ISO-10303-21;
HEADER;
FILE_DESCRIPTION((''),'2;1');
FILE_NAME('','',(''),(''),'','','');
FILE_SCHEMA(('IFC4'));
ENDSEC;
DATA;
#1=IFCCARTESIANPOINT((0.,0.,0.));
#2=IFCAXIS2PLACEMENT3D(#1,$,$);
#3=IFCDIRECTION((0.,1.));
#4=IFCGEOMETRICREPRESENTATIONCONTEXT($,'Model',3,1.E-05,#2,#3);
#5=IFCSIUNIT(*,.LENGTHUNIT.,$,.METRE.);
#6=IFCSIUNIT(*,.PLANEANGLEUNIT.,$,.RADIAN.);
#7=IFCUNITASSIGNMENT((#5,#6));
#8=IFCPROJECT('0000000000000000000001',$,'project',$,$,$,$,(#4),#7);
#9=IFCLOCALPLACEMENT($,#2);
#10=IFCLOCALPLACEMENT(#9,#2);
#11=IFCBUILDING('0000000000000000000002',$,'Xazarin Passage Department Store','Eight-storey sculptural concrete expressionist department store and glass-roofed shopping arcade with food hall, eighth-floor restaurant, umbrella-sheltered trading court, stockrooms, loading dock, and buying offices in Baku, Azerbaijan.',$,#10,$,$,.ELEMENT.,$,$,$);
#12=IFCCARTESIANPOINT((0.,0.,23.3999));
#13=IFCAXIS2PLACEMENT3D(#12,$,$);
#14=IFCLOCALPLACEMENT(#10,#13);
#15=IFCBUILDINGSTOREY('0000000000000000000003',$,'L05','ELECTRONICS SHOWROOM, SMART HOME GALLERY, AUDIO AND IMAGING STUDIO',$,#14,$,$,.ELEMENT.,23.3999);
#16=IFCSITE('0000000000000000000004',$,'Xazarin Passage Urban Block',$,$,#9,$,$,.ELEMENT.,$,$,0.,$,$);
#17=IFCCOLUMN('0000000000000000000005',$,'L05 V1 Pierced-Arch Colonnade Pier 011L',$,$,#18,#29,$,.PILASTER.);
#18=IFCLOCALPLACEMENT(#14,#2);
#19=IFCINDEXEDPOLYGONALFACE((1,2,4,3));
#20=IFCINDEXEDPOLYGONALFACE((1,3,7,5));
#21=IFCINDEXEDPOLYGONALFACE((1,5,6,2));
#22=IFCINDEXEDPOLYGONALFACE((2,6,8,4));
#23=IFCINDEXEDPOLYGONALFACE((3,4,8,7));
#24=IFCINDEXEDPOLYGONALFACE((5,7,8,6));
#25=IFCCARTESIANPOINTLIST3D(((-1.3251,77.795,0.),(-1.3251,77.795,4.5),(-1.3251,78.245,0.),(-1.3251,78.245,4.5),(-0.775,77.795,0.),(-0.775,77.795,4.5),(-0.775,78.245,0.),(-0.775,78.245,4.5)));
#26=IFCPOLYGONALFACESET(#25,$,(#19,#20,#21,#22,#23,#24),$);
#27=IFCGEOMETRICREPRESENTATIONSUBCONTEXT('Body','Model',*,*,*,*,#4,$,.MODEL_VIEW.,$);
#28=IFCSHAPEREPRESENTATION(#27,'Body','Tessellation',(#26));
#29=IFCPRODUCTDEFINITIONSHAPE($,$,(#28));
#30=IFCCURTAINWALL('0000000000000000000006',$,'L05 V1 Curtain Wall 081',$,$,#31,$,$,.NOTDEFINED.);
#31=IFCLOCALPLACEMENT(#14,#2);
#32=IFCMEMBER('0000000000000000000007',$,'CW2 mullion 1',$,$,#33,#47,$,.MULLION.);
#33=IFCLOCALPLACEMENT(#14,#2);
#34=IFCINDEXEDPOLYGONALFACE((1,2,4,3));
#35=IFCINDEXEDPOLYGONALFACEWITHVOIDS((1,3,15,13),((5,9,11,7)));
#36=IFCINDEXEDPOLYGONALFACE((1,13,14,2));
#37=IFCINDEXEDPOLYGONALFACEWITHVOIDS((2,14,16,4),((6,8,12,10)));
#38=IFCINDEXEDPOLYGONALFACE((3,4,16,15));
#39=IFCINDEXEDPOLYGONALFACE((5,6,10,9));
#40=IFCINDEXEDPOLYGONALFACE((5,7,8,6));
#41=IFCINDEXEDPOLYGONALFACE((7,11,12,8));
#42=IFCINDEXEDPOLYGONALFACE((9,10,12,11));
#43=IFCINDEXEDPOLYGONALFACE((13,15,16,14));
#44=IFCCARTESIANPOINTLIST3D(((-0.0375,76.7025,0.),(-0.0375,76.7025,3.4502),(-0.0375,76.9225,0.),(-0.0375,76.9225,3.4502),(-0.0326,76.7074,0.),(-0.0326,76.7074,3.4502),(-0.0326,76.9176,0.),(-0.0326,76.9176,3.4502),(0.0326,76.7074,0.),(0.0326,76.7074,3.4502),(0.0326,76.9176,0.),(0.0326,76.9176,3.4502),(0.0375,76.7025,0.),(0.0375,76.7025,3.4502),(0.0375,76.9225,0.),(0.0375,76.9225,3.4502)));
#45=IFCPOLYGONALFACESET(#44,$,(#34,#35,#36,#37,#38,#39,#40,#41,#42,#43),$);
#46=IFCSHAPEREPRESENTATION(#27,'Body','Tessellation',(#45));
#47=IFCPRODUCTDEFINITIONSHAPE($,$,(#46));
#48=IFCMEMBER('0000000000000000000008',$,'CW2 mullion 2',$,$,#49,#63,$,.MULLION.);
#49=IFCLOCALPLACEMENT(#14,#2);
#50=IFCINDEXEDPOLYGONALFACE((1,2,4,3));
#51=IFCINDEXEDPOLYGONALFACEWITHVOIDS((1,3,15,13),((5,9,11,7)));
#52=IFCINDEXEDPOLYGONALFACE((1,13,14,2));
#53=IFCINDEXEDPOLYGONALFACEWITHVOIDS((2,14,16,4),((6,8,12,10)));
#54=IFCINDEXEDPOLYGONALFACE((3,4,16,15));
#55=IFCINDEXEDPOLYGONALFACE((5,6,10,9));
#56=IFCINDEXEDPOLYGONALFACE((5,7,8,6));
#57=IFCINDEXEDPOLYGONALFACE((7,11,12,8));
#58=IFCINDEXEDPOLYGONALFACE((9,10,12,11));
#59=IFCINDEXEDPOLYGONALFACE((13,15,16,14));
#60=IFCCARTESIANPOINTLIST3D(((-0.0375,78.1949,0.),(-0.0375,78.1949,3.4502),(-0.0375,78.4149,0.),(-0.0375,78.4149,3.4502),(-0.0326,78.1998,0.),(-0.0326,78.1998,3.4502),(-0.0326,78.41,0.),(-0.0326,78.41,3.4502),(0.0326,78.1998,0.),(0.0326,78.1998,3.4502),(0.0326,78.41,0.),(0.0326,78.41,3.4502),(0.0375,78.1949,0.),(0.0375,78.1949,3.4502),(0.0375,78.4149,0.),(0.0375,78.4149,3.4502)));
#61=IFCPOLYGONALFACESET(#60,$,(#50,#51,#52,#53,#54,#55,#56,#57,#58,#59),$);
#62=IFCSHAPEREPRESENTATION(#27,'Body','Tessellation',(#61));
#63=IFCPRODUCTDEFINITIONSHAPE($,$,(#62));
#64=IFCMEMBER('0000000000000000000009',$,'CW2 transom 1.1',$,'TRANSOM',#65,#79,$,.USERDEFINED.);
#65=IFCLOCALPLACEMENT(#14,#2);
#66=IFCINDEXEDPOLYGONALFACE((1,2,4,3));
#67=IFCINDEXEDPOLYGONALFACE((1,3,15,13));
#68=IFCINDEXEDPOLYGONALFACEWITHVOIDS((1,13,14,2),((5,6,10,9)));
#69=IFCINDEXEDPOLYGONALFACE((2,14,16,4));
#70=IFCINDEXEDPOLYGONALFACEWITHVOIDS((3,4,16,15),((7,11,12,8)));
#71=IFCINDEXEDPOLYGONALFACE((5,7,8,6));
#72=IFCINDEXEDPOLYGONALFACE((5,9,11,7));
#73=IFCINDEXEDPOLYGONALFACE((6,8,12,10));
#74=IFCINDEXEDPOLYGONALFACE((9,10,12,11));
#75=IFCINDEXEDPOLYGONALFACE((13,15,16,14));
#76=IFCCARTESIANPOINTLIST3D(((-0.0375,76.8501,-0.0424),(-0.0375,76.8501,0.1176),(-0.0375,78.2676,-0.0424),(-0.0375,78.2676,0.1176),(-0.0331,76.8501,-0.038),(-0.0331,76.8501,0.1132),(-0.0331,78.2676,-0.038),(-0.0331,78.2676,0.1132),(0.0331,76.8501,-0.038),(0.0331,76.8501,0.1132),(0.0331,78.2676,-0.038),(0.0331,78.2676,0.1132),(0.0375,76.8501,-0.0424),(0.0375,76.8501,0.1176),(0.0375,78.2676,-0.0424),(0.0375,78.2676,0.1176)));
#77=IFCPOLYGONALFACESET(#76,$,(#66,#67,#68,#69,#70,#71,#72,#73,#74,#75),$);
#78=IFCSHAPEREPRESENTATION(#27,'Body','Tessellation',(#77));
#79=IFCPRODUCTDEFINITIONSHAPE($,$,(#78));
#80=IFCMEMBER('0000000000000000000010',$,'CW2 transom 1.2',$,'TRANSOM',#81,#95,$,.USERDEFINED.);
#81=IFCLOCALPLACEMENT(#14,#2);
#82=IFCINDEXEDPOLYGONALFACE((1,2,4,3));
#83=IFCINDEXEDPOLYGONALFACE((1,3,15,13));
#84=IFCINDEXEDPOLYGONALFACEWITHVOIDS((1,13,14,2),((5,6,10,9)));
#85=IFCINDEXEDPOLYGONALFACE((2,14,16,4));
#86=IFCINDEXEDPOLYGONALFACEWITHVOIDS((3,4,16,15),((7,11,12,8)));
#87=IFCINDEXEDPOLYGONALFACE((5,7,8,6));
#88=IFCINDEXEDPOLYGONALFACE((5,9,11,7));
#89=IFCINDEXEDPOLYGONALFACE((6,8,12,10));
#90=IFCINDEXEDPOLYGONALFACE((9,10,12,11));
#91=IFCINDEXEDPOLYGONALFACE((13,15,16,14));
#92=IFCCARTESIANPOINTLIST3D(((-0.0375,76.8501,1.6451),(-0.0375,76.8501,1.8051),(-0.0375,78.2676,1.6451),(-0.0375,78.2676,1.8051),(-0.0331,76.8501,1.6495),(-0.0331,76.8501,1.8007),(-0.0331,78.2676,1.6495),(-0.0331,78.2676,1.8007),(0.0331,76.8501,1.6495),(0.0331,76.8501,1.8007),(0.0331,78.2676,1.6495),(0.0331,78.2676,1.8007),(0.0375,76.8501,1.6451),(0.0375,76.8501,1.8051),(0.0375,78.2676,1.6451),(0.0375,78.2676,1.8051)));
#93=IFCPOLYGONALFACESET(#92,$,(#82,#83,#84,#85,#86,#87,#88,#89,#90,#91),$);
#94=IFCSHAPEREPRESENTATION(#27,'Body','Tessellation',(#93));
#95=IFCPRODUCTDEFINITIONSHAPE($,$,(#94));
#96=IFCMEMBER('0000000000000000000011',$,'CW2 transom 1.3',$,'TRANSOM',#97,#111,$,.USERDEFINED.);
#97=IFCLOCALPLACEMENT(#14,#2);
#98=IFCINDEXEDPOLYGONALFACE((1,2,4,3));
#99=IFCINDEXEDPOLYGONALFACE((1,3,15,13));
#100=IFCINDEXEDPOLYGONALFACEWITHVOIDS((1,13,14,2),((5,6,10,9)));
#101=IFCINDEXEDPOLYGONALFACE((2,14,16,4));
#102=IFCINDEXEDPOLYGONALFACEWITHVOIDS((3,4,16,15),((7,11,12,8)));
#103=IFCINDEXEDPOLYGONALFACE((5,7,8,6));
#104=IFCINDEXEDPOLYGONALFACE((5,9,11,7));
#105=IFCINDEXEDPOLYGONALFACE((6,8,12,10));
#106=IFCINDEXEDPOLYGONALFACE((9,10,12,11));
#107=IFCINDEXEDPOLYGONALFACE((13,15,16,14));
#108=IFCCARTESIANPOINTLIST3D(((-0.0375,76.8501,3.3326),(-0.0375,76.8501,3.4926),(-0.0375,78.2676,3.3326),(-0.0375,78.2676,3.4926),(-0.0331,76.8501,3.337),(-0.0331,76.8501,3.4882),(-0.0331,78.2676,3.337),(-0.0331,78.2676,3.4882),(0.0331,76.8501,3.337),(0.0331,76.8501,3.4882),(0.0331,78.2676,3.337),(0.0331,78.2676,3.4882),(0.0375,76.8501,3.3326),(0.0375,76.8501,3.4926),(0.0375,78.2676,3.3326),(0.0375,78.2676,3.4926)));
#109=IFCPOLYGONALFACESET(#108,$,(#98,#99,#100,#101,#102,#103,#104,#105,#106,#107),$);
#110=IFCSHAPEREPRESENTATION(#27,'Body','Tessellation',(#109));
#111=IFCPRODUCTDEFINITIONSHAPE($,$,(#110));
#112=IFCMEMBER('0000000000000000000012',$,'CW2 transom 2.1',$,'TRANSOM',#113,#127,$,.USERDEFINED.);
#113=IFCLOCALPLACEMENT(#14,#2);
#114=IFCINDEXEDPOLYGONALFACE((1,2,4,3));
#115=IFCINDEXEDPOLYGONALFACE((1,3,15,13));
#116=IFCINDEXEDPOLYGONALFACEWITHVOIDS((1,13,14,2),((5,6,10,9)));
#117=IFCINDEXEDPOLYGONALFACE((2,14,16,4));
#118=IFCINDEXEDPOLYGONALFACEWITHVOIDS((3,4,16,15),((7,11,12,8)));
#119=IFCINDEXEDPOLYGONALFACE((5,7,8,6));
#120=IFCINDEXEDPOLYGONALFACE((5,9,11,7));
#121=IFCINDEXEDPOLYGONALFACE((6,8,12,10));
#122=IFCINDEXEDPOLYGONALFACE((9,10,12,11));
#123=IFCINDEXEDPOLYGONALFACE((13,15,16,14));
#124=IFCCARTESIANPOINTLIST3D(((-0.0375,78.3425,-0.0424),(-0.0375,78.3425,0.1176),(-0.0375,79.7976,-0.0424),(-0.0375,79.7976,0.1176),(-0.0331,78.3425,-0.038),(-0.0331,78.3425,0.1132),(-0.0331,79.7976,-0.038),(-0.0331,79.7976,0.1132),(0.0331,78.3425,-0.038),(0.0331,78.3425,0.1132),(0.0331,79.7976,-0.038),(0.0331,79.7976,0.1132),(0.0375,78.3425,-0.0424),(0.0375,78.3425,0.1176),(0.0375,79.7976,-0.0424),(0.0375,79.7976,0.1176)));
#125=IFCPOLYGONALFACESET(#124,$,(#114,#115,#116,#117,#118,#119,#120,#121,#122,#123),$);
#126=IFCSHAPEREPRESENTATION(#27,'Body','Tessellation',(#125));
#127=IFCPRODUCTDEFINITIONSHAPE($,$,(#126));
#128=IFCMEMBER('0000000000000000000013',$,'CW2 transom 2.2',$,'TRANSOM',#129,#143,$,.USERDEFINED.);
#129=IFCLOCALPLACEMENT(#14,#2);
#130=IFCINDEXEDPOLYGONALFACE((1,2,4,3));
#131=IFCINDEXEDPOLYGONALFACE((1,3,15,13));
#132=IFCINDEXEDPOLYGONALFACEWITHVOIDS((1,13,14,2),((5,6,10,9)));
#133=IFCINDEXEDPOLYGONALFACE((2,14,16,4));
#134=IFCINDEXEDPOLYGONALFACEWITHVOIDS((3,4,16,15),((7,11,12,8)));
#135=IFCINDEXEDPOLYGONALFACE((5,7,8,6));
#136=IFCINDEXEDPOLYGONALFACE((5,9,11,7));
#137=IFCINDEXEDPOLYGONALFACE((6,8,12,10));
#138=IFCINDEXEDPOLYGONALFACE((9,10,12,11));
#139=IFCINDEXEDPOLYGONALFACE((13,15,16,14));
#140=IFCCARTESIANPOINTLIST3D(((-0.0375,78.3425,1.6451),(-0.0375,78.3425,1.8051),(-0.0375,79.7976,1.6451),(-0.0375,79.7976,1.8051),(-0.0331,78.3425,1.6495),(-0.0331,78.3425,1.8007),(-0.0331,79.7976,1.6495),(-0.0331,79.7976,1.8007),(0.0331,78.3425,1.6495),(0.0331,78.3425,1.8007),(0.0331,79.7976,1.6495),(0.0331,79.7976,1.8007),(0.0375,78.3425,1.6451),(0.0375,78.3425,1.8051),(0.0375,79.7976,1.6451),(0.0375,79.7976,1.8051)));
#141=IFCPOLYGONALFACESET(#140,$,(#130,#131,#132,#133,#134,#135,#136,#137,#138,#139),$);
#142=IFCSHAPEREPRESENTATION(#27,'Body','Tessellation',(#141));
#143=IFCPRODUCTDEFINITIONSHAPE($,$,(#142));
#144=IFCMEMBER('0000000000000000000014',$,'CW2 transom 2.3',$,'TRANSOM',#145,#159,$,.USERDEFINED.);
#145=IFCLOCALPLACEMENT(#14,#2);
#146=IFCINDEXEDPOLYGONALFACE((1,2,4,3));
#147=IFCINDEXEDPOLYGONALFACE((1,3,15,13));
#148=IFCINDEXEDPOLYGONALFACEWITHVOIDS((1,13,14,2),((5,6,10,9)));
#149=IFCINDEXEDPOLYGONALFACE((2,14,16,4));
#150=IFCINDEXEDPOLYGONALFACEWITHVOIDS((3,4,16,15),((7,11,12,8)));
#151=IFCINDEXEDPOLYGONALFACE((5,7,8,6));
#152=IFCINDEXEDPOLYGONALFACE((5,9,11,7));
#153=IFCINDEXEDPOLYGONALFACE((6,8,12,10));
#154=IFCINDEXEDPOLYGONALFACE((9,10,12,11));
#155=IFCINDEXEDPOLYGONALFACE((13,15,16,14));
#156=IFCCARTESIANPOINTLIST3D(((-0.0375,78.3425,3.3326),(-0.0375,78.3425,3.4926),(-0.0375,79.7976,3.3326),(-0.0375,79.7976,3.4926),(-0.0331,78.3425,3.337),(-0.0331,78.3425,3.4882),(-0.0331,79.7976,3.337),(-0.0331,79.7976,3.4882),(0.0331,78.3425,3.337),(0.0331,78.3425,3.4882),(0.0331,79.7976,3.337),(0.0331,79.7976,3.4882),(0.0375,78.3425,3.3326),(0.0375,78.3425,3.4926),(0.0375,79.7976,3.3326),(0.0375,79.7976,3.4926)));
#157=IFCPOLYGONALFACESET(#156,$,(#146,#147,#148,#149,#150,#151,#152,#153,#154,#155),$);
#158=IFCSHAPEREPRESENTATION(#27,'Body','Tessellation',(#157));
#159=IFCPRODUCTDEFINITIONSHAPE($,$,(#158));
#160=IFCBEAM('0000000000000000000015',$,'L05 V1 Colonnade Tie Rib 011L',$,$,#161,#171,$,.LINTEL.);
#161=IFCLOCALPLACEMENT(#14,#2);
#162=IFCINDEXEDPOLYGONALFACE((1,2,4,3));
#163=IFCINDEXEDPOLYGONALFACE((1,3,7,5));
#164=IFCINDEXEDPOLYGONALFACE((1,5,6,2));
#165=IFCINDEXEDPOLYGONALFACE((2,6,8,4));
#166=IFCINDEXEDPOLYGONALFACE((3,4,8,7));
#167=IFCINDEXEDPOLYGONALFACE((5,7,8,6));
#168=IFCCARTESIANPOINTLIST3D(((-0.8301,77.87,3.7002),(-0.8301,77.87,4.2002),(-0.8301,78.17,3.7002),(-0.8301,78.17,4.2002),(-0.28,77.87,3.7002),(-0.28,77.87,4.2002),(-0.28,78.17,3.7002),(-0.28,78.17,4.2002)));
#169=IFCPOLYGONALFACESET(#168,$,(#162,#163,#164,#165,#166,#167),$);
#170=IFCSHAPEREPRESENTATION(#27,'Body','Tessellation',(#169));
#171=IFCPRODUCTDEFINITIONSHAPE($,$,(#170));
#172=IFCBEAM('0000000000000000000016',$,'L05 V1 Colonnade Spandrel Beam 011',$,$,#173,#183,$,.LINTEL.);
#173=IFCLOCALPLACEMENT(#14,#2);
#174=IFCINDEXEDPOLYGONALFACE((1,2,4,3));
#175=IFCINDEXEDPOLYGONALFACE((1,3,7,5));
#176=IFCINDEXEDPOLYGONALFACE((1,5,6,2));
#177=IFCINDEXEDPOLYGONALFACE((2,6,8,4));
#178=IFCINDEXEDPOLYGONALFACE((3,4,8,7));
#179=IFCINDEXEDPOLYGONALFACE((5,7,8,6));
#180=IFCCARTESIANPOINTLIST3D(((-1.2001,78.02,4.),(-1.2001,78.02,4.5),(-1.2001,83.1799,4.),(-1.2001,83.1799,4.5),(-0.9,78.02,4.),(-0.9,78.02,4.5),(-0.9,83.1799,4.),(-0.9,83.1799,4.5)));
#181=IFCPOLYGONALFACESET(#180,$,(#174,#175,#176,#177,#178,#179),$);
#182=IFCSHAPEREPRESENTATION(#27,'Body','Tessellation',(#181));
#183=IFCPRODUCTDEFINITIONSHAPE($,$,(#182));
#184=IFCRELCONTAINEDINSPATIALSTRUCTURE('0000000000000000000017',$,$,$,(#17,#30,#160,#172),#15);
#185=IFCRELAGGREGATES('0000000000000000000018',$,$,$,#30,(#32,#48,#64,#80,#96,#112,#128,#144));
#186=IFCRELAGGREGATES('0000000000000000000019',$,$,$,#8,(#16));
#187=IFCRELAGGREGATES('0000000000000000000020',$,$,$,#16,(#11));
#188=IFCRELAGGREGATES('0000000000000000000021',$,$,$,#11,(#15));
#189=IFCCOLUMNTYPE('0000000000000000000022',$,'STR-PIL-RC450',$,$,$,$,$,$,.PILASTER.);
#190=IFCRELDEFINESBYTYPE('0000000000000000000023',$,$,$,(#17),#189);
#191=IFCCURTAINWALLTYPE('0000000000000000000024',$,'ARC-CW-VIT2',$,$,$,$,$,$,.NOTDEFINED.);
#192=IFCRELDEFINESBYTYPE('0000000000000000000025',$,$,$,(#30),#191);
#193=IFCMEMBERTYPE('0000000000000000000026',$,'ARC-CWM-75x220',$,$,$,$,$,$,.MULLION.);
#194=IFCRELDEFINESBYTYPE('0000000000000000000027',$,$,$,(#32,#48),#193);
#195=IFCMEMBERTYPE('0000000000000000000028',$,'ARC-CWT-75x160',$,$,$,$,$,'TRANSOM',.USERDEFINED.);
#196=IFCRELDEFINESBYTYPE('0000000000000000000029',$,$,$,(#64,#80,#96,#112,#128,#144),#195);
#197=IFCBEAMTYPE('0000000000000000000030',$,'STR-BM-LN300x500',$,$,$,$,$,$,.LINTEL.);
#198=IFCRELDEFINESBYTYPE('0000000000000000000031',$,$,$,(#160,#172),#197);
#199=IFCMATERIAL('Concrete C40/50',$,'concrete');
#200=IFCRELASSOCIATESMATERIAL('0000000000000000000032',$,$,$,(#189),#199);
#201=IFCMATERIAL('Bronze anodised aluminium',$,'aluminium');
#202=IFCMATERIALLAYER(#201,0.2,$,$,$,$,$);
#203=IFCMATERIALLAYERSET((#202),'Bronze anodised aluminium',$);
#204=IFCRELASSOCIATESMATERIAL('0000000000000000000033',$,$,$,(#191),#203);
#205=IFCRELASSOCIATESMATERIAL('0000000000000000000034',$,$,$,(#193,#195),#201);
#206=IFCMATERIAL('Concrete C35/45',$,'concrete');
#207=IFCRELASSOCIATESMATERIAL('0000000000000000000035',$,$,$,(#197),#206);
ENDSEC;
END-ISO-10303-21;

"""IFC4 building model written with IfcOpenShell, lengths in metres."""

from ifc_helpers import new_model, si_unit, direction, frame, origin, origin_2d, place, context, subcontext, project, spatial, rectangle, hollow_rectangle, extrude, material, layer, layer_set, material_profile, profile_set, type_object, element, aggregate, save


model = new_model("IFC4")

# Units and contexts
model_context = context("Model", 3, precision=1e-05, world=origin(), true_north=direction((0.0, 1.0)))
body_context = subcontext(model_context, "Body", "Model", "MODEL_VIEW")
ifc_project = project(units=[si_unit("LENGTHUNIT", "METRE"), si_unit("PLANEANGLEUNIT", "RADIAN")], contexts=[model_context])

# Site, building, storey
site_placement = place(None, origin())
site = spatial("IfcSite", under=ifc_project, at=site_placement, Name="Xazarin Passage Urban Block", CompositionType="ELEMENT", RefElevation=0.0)
building_placement = place(site_placement, origin())
building = spatial("IfcBuilding", under=site, at=building_placement, Name="Xazarin Passage Department Store", Description="Eight-storey sculptural concrete expressionist department store and glass-roofed shopping arcade with food hall, eighth-floor restaurant, umbrella-sheltered trading court, stockrooms, loading dock, and buying offices in Baku, Azerbaijan.", CompositionType="ELEMENT")
storey_placement = place(building_placement, frame((0.0, 0.0, 23.3999)))
storey = spatial("IfcBuildingStorey", under=building, at=storey_placement, Name="L05", Description="ELECTRONICS SHOWROOM, SMART HOME GALLERY, AUDIO AND IMAGING STUDIO", CompositionType="ELEMENT", Elevation=23.3999)

# Column
ifc_material_1 = material(Name="Concrete C40/50", Category="concrete")
ifc_material_profile_1 = material_profile(ifc_material_1, rectangle(XDim=0.45, YDim=0.55, at=origin_2d()), Name="RC 450x550")
ifc_profile_set_1 = profile_set([ifc_material_profile_1], Name="Concrete C40/50")
column_type = type_object("IfcColumnType", Name="STR-PIL-RC450", PredefinedType="PILASTER", material=ifc_profile_set_1)
column_placement = place(storey_placement, frame((-1.05, 78.02, 0.0), z_axis=(0.0, 0.0, 1.0), x_axis=(0.0, 1.0, 0.0)))
element("IfcColumn", 1, at=column_placement, inside=storey, type_object=column_type, Name="L05 V1 Pierced-Arch Colonnade Pier 011L", PredefinedType="PILASTER", context=body_context, shape_type="SweptSolid", body=[
    extrude(rectangle(XDim=0.45, YDim=0.55, at=origin_2d()), origin(), (0.0, 0.0, 1.0), 4.5),
])

# Curtain wall, members
ifc_material_2 = material(Name="Bronze anodised aluminium", Category="aluminium")
ifc_layer_1 = layer(ifc_material_2, 0.2)
ifc_layer_set_1 = layer_set([ifc_layer_1], Name="Bronze anodised aluminium")
curtain_wall_type = type_object("IfcCurtainWallType", Name="ARC-CW-VIT2", PredefinedType="NOTDEFINED", material=ifc_layer_set_1)
curtain_wall_placement = place(storey_placement, origin())
curtain_wall = element("IfcCurtainWall", 2, at=curtain_wall_placement, inside=storey, type_object=curtain_wall_type, Name="L05 V1 Curtain Wall 081", PredefinedType="NOTDEFINED")
ifc_material_profile_2 = material_profile(ifc_material_2, hollow_rectangle(XDim=0.075, YDim=0.22, WallThickness=0.0049, at=origin_2d()), Name="ALU 75x220")
ifc_profile_set_2 = profile_set([ifc_material_profile_2], Name="Bronze anodised aluminium")
member_type_1 = type_object("IfcMemberType", Name="ARC-CWM-75x220", PredefinedType="MULLION", material=ifc_profile_set_2)
member_1_placement = place(storey_placement, frame((0.0, 76.8125, 0.0), z_axis=(0.0, 0.0, 1.0), x_axis=(-1.0, 0.0, 0.0)))
member_1 = element("IfcMember", 3, at=member_1_placement, type_object=member_type_1, Name="CW2 mullion 1", PredefinedType="MULLION", context=body_context, shape_type="SweptSolid", body=[
    extrude(hollow_rectangle(XDim=0.075, YDim=0.22, WallThickness=0.0049, at=origin_2d()), origin(), (0.0, 0.0, 1.0), 3.4502),
])
member_2_placement = place(storey_placement, frame((0.0, 78.3049, 0.0), z_axis=(0.0, 0.0, 1.0), x_axis=(-1.0, 0.0, 0.0)))
member_2 = element("IfcMember", 4, at=member_2_placement, type_object=member_type_1, Name="CW2 mullion 2", PredefinedType="MULLION", context=body_context, shape_type="SweptSolid", body=[
    extrude(hollow_rectangle(XDim=0.075, YDim=0.22, WallThickness=0.0049, at=origin_2d()), origin(), (0.0, 0.0, 1.0), 3.4502),
])
ifc_material_profile_3 = material_profile(ifc_material_2, hollow_rectangle(XDim=0.075, YDim=0.1599, WallThickness=0.0044, at=origin_2d()), Name="ALU 75x160")
ifc_profile_set_3 = profile_set([ifc_material_profile_3], Name="Bronze anodised aluminium")
member_type_2 = type_object("IfcMemberType", Name="ARC-CWT-75x160", ElementType="TRANSOM", PredefinedType="USERDEFINED", material=ifc_profile_set_3)
member_3_placement = place(storey_placement, frame((0.0, 76.8501, 0.0376), z_axis=(0.0, 1.0, 0.0), x_axis=(-1.0, 0.0, 0.0)))
member_3 = element("IfcMember", 5, at=member_3_placement, type_object=member_type_2, Name="CW2 transom 1.1", ObjectType="TRANSOM", PredefinedType="USERDEFINED", context=body_context, shape_type="SweptSolid", body=[
    extrude(hollow_rectangle(XDim=0.075, YDim=0.1599, WallThickness=0.0044, at=origin_2d()), origin(), (0.0, 0.0, 1.0), 1.4175),
])
member_4_placement = place(storey_placement, frame((0.0, 76.8501, 1.7251), z_axis=(0.0, 1.0, 0.0), x_axis=(-1.0, 0.0, 0.0)))
member_4 = element("IfcMember", 6, at=member_4_placement, type_object=member_type_2, Name="CW2 transom 1.2", ObjectType="TRANSOM", PredefinedType="USERDEFINED", context=body_context, shape_type="SweptSolid", body=[
    extrude(hollow_rectangle(XDim=0.075, YDim=0.1599, WallThickness=0.0044, at=origin_2d()), origin(), (0.0, 0.0, 1.0), 1.4175),
])
member_5_placement = place(storey_placement, frame((0.0, 76.8501, 3.4126), z_axis=(0.0, 1.0, 0.0), x_axis=(-1.0, 0.0, 0.0)))
member_5 = element("IfcMember", 7, at=member_5_placement, type_object=member_type_2, Name="CW2 transom 1.3", ObjectType="TRANSOM", PredefinedType="USERDEFINED", context=body_context, shape_type="SweptSolid", body=[
    extrude(hollow_rectangle(XDim=0.075, YDim=0.1599, WallThickness=0.0044, at=origin_2d()), origin(), (0.0, 0.0, 1.0), 1.4175),
])
member_6_placement = place(storey_placement, frame((0.0, 78.3425, 0.0376), z_axis=(0.0, 1.0, 0.0), x_axis=(-1.0, 0.0, 0.0)))
member_6 = element("IfcMember", 8, at=member_6_placement, type_object=member_type_2, Name="CW2 transom 2.1", ObjectType="TRANSOM", PredefinedType="USERDEFINED", context=body_context, shape_type="SweptSolid", body=[
    extrude(hollow_rectangle(XDim=0.075, YDim=0.1599, WallThickness=0.0044, at=origin_2d()), origin(), (0.0, 0.0, 1.0), 1.4551),
])
member_7_placement = place(storey_placement, frame((0.0, 78.3425, 1.7251), z_axis=(0.0, 1.0, 0.0), x_axis=(-1.0, 0.0, 0.0)))
member_7 = element("IfcMember", 9, at=member_7_placement, type_object=member_type_2, Name="CW2 transom 2.2", ObjectType="TRANSOM", PredefinedType="USERDEFINED", context=body_context, shape_type="SweptSolid", body=[
    extrude(hollow_rectangle(XDim=0.075, YDim=0.1599, WallThickness=0.0044, at=origin_2d()), origin(), (0.0, 0.0, 1.0), 1.4551),
])
member_8_placement = place(storey_placement, frame((0.0, 78.3425, 3.4126), z_axis=(0.0, 1.0, 0.0), x_axis=(-1.0, 0.0, 0.0)))
member_8 = element("IfcMember", 10, at=member_8_placement, type_object=member_type_2, Name="CW2 transom 2.3", ObjectType="TRANSOM", PredefinedType="USERDEFINED", context=body_context, shape_type="SweptSolid", body=[
    extrude(hollow_rectangle(XDim=0.075, YDim=0.1599, WallThickness=0.0044, at=origin_2d()), origin(), (0.0, 0.0, 1.0), 1.4551),
])

# Beams
ifc_material_3 = material(Name="Concrete C35/45", Category="concrete")
ifc_material_profile_4 = material_profile(ifc_material_3, rectangle(XDim=0.3, YDim=0.5, at=origin_2d()), Name="RC 300x500")
ifc_profile_set_4 = profile_set([ifc_material_profile_4], Name="Concrete C35/45")
beam_type_1 = type_object("IfcBeamType", Name="STR-BM-LN300x500", PredefinedType="LINTEL", material=ifc_profile_set_4)
beam_1_placement = place(storey_placement, frame((-0.28, 78.02, 3.9502), z_axis=(-1.0, 0.0, 0.0), x_axis=(0.0, -1.0, 0.0)))
element("IfcBeam", 11, at=beam_1_placement, inside=storey, type_object=beam_type_1, Name="L05 V1 Colonnade Tie Rib 011L", PredefinedType="LINTEL", context=body_context, shape_type="SweptSolid", body=[
    extrude(rectangle(XDim=0.3, YDim=0.5, at=origin_2d()), origin(), (0.0, 0.0, 1.0), 0.55),
])
beam_2_placement = place(storey_placement, frame((-1.05, 78.02, 4.25), z_axis=(0.0, 1.0, 0.0), x_axis=(-1.0, 0.0, 0.0)))
element("IfcBeam", 12, at=beam_2_placement, inside=storey, type_object=beam_type_1, Name="L05 V1 Colonnade Spandrel Beam 011", PredefinedType="LINTEL", context=body_context, shape_type="SweptSolid", body=[
    extrude(rectangle(XDim=0.3, YDim=0.5, at=origin_2d()), origin(), (0.0, 0.0, 1.0), 5.1599),
])

aggregate(curtain_wall, [member_1, member_2, member_3, member_4, member_5, member_6, member_7, member_8])

save(model, "model.ifc")
